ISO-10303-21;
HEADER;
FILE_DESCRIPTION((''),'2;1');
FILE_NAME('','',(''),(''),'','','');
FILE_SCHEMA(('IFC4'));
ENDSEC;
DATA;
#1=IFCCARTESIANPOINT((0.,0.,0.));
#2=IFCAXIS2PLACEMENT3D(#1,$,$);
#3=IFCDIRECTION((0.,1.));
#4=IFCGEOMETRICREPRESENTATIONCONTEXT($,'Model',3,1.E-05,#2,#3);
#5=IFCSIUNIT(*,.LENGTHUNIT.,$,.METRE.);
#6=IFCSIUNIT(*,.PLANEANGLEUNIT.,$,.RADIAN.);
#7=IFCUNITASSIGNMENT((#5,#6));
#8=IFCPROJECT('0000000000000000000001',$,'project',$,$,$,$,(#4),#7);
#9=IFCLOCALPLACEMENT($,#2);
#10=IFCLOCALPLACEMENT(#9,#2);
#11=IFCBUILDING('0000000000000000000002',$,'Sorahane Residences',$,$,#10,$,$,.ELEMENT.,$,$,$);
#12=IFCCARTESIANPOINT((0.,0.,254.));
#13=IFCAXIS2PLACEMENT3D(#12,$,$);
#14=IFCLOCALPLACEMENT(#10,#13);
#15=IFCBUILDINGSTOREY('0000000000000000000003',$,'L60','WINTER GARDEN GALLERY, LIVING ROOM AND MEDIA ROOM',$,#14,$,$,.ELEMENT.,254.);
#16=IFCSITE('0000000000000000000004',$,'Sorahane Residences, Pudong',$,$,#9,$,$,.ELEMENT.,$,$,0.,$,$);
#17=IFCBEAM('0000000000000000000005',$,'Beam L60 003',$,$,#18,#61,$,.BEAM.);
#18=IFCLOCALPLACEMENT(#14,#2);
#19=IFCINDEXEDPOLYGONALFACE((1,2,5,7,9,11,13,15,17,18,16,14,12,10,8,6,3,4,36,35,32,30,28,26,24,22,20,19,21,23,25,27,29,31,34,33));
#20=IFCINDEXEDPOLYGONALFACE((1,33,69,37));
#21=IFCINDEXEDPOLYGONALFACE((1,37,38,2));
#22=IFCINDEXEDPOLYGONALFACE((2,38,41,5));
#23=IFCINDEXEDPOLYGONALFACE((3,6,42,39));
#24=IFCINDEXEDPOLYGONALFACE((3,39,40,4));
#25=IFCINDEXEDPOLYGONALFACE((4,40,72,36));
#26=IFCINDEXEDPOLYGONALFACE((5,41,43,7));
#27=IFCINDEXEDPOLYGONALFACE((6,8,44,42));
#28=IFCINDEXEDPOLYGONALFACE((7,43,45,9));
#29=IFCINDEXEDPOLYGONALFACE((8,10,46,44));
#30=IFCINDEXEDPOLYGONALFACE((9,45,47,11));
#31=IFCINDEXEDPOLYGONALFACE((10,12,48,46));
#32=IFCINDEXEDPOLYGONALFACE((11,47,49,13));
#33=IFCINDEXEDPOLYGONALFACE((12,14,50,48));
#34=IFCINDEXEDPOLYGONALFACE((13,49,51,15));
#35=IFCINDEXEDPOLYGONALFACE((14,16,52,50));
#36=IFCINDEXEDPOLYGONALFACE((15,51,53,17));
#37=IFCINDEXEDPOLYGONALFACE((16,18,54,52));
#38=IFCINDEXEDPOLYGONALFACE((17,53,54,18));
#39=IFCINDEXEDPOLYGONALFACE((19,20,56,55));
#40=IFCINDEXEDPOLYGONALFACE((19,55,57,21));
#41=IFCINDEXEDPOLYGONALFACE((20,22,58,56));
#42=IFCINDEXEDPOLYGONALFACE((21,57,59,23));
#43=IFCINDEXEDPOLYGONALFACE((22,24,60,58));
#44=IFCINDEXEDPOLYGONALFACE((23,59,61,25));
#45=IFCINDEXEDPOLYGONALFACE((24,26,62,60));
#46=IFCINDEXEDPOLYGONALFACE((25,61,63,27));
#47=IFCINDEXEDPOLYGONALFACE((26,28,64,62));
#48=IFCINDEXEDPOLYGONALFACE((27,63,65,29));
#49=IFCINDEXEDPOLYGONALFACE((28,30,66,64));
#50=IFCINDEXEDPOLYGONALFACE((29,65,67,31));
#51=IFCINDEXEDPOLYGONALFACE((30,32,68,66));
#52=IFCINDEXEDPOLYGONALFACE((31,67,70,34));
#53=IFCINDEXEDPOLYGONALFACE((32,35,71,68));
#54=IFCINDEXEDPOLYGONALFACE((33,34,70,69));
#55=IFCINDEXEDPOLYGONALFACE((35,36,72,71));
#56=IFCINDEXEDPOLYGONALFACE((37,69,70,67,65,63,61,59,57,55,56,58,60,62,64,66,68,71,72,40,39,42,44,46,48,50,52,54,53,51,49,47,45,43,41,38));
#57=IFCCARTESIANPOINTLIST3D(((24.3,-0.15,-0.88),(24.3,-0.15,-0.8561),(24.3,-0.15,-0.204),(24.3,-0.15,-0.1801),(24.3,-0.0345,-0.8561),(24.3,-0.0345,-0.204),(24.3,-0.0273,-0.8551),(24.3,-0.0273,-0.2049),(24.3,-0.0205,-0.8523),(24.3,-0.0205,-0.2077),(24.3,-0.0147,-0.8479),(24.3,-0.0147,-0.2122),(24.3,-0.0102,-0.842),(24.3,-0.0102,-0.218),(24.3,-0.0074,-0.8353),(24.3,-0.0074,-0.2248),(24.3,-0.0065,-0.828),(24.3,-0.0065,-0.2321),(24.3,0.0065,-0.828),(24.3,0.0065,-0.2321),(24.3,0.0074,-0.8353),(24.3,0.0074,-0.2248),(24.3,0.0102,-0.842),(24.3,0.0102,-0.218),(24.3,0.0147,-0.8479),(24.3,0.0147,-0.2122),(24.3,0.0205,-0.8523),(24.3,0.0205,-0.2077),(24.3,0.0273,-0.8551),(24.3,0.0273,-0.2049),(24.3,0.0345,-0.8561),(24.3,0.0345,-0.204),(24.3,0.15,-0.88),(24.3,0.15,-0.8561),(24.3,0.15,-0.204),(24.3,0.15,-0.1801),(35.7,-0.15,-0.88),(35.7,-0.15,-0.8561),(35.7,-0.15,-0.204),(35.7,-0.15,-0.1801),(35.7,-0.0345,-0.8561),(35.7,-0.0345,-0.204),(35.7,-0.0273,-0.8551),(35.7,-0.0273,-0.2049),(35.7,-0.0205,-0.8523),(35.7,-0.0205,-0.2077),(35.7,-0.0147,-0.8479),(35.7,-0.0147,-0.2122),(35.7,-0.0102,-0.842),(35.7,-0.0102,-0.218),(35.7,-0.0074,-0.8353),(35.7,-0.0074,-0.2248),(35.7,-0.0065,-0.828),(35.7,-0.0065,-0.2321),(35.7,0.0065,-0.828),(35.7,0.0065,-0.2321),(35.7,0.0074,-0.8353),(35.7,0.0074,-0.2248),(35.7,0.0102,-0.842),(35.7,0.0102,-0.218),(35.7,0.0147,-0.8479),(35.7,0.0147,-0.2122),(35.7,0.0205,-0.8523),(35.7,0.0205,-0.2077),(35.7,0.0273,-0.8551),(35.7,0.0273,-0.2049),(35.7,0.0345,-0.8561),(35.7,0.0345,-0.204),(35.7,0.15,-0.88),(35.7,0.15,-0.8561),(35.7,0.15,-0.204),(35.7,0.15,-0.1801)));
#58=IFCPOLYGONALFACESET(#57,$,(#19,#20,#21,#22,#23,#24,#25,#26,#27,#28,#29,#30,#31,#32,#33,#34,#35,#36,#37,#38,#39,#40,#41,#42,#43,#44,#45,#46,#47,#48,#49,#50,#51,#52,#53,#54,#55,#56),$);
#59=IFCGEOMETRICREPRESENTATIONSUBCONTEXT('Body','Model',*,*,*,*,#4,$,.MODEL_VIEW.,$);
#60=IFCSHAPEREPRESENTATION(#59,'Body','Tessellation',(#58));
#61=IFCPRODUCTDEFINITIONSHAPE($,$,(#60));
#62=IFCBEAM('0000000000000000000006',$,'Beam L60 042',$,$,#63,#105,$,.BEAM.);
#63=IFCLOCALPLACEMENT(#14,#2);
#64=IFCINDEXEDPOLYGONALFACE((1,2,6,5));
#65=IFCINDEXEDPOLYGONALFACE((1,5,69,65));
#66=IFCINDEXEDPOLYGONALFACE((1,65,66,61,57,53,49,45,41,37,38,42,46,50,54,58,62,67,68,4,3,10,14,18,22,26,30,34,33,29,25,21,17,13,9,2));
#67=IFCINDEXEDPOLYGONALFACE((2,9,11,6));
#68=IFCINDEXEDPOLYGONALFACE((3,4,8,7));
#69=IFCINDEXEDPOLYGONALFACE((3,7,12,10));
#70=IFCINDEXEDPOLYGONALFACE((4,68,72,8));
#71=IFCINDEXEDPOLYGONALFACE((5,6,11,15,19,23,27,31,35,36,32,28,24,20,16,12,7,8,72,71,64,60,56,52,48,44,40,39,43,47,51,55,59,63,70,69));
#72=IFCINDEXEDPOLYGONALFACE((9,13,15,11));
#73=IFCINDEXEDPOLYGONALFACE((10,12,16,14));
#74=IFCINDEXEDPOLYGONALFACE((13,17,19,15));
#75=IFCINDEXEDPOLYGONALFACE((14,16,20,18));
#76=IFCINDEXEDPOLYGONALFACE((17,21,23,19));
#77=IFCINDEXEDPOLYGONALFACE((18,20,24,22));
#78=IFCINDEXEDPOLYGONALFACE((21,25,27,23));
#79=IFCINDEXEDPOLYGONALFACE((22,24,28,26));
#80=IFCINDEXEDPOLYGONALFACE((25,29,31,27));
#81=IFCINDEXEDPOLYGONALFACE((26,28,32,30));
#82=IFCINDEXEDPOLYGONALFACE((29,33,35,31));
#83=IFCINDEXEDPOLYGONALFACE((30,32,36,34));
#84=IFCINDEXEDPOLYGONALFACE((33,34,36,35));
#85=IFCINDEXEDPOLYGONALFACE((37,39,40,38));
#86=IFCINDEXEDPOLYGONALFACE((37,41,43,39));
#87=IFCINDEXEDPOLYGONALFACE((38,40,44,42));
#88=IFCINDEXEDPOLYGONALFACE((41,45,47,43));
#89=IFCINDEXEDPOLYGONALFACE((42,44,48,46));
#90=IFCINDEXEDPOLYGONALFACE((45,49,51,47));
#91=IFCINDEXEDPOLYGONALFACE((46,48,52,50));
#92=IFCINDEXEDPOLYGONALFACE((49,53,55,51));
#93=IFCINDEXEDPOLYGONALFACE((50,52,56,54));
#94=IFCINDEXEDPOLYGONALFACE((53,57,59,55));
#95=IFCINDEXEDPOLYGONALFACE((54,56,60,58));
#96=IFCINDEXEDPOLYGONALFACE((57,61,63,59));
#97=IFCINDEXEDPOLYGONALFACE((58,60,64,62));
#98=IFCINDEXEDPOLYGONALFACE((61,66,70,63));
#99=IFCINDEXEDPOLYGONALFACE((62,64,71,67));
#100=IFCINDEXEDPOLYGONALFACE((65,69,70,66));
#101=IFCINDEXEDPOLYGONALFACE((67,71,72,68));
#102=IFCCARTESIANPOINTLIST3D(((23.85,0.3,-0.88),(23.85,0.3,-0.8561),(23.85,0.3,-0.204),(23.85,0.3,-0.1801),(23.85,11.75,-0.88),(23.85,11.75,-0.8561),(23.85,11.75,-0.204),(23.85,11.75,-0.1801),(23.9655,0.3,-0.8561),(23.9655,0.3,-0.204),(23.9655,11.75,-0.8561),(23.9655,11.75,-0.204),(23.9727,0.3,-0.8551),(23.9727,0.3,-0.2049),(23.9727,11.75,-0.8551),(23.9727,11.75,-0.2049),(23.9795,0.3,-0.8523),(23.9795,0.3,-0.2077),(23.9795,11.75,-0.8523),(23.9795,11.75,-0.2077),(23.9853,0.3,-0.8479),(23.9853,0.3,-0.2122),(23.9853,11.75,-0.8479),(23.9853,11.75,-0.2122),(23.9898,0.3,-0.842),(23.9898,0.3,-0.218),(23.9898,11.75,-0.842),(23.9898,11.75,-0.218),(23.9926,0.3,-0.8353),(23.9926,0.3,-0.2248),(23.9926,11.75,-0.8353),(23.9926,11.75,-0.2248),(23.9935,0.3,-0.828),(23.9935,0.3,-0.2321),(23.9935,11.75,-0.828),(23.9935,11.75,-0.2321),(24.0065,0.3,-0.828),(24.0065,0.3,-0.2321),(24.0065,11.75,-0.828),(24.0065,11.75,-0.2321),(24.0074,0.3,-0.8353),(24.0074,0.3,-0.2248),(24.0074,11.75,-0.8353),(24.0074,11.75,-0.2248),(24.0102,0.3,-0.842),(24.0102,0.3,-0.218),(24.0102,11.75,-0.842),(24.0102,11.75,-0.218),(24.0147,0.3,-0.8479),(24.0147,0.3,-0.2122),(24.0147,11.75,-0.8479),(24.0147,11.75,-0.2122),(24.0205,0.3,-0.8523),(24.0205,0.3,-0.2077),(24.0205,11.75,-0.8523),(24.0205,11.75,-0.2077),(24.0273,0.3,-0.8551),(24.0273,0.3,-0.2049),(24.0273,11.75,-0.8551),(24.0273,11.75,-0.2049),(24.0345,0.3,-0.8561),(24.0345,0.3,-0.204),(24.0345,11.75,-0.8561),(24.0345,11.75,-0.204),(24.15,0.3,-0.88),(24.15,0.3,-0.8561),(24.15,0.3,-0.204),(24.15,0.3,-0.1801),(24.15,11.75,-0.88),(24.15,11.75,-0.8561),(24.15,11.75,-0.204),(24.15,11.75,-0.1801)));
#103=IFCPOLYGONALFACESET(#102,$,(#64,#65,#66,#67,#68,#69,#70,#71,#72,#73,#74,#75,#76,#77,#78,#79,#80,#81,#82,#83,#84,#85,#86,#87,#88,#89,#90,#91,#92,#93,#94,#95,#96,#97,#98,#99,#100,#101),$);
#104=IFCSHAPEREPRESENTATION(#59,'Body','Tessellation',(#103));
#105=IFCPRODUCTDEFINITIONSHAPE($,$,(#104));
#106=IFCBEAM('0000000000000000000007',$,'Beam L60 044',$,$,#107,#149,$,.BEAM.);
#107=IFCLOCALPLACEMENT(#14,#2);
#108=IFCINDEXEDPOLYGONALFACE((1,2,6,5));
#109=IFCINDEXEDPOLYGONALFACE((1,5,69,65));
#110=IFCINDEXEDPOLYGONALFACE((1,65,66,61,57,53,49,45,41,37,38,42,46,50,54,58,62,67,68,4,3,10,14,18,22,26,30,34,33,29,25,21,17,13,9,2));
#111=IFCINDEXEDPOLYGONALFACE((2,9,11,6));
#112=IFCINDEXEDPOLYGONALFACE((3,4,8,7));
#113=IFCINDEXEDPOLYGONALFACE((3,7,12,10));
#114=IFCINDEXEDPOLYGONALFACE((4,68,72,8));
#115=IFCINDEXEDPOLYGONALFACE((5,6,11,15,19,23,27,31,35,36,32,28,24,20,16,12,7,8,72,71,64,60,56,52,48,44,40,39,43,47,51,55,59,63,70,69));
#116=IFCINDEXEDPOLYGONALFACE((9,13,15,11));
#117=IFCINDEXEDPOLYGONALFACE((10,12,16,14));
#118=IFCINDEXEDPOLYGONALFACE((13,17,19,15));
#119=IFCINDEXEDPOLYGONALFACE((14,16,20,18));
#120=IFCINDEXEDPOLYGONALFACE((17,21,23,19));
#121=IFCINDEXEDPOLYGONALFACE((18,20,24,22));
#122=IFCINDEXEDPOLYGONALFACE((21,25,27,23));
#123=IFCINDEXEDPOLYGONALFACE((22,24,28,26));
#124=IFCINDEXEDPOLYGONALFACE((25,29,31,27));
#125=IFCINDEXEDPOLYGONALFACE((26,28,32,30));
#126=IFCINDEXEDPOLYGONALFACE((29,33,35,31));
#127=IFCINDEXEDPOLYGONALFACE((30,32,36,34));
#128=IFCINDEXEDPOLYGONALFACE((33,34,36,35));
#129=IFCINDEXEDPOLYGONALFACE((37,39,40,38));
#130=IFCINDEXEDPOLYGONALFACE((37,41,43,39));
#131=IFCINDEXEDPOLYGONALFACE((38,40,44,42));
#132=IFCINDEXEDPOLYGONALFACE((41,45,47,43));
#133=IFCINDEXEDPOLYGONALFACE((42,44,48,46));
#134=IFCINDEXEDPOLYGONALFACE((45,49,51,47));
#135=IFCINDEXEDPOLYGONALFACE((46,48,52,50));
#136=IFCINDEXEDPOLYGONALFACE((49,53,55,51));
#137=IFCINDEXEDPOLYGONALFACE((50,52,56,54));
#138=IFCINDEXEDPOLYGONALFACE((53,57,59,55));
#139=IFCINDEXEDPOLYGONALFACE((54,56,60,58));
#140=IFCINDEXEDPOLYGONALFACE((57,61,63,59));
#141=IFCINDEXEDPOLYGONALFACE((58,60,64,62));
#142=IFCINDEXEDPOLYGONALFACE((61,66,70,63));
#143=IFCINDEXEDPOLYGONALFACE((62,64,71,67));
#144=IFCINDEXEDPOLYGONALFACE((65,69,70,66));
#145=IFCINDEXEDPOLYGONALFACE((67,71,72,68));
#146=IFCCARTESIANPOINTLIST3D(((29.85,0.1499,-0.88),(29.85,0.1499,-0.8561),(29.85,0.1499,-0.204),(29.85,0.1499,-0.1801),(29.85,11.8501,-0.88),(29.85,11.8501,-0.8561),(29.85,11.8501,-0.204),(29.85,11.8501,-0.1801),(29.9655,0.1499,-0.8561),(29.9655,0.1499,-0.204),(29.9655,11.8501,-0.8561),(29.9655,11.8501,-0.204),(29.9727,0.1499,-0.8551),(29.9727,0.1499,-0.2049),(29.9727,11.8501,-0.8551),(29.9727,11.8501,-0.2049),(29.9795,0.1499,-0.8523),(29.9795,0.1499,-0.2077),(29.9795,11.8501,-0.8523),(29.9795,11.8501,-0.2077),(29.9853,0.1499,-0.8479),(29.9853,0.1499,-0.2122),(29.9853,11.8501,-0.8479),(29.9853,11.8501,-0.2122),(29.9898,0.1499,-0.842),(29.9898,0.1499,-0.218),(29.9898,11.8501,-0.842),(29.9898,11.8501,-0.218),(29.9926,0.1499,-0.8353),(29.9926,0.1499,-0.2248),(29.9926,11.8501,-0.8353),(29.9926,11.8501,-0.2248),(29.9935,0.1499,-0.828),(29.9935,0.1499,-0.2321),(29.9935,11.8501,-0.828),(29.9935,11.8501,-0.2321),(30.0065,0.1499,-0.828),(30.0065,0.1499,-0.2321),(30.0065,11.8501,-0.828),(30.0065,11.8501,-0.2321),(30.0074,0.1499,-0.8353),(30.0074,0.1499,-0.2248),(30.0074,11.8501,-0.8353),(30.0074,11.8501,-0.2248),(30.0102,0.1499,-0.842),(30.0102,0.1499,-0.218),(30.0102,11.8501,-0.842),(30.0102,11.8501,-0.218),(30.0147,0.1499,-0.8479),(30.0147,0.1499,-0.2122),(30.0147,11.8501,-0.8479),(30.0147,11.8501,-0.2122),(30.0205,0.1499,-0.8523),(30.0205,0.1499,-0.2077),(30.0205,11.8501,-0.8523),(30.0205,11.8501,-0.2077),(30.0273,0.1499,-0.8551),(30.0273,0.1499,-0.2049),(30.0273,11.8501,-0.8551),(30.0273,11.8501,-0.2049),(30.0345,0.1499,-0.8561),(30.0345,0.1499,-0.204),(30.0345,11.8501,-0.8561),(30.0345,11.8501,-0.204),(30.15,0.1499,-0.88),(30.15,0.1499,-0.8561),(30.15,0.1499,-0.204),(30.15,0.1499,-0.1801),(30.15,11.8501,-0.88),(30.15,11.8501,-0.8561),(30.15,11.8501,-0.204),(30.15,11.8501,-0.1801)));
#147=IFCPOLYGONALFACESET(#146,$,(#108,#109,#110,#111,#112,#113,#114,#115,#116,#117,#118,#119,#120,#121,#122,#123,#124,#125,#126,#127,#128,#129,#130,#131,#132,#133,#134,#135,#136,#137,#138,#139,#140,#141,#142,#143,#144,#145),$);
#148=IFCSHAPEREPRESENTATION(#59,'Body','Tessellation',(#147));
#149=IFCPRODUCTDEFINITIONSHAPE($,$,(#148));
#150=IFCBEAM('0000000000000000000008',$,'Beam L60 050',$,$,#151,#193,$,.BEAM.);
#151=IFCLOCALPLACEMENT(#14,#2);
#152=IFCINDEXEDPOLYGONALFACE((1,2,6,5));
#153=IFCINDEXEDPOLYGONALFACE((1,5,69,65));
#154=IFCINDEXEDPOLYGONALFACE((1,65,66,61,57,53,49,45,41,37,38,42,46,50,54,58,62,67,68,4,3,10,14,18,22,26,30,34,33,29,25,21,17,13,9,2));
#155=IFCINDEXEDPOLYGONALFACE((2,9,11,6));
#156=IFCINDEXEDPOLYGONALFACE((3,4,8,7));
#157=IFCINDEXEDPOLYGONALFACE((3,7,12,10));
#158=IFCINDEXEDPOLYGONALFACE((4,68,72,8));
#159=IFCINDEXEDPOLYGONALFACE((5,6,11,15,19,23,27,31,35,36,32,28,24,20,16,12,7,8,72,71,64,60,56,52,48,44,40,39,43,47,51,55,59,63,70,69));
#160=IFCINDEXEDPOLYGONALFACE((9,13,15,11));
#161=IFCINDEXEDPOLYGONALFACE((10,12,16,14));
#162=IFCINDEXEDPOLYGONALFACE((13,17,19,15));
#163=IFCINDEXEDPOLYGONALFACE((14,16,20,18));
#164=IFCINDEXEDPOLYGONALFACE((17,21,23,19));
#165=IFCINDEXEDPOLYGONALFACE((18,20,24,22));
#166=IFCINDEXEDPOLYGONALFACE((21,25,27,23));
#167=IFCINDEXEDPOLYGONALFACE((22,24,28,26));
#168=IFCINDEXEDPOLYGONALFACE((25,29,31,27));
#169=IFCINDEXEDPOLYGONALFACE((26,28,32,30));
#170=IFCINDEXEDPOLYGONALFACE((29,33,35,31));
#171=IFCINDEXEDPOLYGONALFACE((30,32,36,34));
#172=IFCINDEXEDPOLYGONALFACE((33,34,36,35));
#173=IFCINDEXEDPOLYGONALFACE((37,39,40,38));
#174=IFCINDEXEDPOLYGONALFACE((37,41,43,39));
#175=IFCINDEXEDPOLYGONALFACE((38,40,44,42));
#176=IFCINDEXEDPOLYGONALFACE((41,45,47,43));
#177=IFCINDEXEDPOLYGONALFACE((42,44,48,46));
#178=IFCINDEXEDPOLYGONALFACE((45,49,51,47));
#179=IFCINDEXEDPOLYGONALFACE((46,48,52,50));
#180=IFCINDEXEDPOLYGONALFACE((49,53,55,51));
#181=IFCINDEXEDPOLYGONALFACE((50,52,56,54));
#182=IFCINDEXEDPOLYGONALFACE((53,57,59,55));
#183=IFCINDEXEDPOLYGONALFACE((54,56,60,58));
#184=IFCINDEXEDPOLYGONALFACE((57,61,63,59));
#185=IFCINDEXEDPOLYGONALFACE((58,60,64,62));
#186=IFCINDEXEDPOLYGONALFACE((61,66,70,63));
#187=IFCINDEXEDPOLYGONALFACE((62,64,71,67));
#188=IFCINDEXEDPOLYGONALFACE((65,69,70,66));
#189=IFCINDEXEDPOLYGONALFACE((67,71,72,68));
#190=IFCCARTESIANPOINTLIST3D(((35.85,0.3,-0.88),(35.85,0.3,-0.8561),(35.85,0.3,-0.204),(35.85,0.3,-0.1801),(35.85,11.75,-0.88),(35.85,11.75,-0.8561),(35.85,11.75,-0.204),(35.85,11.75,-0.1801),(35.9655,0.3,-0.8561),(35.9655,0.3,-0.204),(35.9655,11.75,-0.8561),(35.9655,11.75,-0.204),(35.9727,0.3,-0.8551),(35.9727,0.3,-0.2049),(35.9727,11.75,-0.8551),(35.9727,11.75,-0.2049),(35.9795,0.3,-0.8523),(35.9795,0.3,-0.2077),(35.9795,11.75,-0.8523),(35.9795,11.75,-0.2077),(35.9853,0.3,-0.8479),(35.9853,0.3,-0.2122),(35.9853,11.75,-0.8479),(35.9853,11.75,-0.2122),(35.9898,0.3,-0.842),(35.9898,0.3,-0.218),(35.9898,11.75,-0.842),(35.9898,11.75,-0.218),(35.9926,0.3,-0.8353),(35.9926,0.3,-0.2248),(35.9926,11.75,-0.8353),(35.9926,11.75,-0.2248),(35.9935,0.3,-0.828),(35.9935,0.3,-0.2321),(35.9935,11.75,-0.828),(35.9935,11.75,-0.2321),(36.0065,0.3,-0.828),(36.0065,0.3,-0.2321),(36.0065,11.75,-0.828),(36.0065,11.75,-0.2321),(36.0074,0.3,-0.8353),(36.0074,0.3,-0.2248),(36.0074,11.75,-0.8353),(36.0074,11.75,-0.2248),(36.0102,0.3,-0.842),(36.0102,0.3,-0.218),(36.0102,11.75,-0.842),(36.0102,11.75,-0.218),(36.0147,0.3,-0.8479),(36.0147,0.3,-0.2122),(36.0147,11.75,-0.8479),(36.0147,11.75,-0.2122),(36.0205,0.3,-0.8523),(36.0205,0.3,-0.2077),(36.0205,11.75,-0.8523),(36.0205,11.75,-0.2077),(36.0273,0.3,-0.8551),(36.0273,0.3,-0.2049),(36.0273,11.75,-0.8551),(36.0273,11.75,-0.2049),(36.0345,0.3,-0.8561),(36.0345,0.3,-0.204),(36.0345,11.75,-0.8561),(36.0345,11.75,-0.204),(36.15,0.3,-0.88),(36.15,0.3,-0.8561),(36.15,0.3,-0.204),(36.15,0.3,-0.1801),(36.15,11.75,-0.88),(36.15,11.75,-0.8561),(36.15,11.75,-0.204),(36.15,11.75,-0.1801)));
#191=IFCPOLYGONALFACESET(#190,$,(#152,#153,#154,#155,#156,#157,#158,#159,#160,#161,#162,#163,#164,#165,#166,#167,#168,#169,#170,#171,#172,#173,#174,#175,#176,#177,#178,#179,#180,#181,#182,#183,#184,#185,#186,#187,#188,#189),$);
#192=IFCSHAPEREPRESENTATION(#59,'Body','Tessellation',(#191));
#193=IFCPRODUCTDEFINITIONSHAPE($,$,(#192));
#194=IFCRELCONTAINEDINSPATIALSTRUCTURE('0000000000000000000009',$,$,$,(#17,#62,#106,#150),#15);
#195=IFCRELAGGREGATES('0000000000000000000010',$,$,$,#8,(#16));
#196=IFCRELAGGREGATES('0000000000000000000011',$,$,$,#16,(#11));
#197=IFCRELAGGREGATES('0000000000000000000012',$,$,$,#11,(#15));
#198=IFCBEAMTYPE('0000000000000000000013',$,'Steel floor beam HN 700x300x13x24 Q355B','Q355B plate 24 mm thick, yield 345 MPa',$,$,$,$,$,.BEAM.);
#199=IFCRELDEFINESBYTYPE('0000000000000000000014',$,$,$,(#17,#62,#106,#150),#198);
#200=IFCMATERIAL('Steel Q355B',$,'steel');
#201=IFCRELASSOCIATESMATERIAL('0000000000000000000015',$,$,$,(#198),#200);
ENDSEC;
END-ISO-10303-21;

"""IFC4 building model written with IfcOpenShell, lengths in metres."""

from ifc_helpers import new_model, si_unit, direction, frame, origin, origin_2d, place, context, subcontext, project, spatial, i_section, extrude, material, material_profile, profile_set, type_object, element, save


model = new_model("IFC4")

# Units and contexts
model_context = context("Model", 3, precision=1e-05, world=origin(), true_north=direction((0.0, 1.0)))
body_context = subcontext(model_context, "Body", "Model", "MODEL_VIEW")
ifc_project = project(units=[si_unit("LENGTHUNIT", "METRE"), si_unit("PLANEANGLEUNIT", "RADIAN")], contexts=[model_context])

# Site, building, storey
site_placement = place(None, origin())
site = spatial("IfcSite", under=ifc_project, at=site_placement, Name="Sorahane Residences, Pudong", CompositionType="ELEMENT", RefElevation=0.0)
building_placement = place(site_placement, origin())
building = spatial("IfcBuilding", under=site, at=building_placement, Name="Sorahane Residences", CompositionType="ELEMENT")
storey_placement = place(building_placement, frame((0.0, 0.0, 254.0)))
storey = spatial("IfcBuildingStorey", under=building, at=storey_placement, Name="L60", Description="WINTER GARDEN GALLERY, LIVING ROOM AND MEDIA ROOM", CompositionType="ELEMENT", Elevation=254.0)

# Beams
ifc_material_1 = material(Name="Steel Q355B", Category="steel")
ifc_material_profile_1 = material_profile(ifc_material_1, i_section(OverallWidth=0.3, OverallDepth=0.7, WebThickness=0.0129, FlangeThickness=0.0239, FilletRadius=0.0281, at=origin_2d()), Name="HN 700x300x13x24")
ifc_profile_set_1 = profile_set([ifc_material_profile_1], Name="Steel Q355B")
beam_type_1 = type_object("IfcBeamType", Name="Steel floor beam HN 700x300x13x24 Q355B", Description="Q355B plate 24 mm thick, yield 345 MPa", PredefinedType="BEAM", material=ifc_profile_set_1)
beam_1_placement = place(storey_placement, frame((24.3, 0.0, -0.53), z_axis=(1.0, 0.0, 0.0), x_axis=(0.0, 1.0, 0.0)))
element("IfcBeam", 1, at=beam_1_placement, inside=storey, type_object=beam_type_1, Name="Beam L60 003", PredefinedType="BEAM", context=body_context, shape_type="SweptSolid", body=[
    extrude(i_section(OverallWidth=0.3, OverallDepth=0.7, WebThickness=0.0129, FlangeThickness=0.0239, FilletRadius=0.0281, at=origin_2d()), origin(), (0.0, 0.0, 1.0), 11.3999),
])
beam_2_placement = place(storey_placement, frame((24.0, 0.3, -0.53), z_axis=(0.0, 1.0, 0.0), x_axis=(-1.0, 0.0, 0.0)))
element("IfcBeam", 2, at=beam_2_placement, inside=storey, type_object=beam_type_1, Name="Beam L60 042", PredefinedType="BEAM", context=body_context, shape_type="SweptSolid", body=[
    extrude(i_section(OverallWidth=0.3, OverallDepth=0.7, WebThickness=0.0129, FlangeThickness=0.0239, FilletRadius=0.0281, at=origin_2d()), origin(), (0.0, 0.0, 1.0), 11.45),
])
beam_3_placement = place(storey_placement, frame((30.0, 0.1499, -0.53), z_axis=(0.0, 1.0, 0.0), x_axis=(-1.0, 0.0, 0.0)))
element("IfcBeam", 3, at=beam_3_placement, inside=storey, type_object=beam_type_1, Name="Beam L60 044", PredefinedType="BEAM", context=body_context, shape_type="SweptSolid", body=[
    extrude(i_section(OverallWidth=0.3, OverallDepth=0.7, WebThickness=0.0129, FlangeThickness=0.0239, FilletRadius=0.0281, at=origin_2d()), origin(), (0.0, 0.0, 1.0), 11.7002),
])
beam_4_placement = place(storey_placement, frame((36.0, 0.3, -0.53), z_axis=(0.0, 1.0, 0.0), x_axis=(-1.0, 0.0, 0.0)))
element("IfcBeam", 4, at=beam_4_placement, inside=storey, type_object=beam_type_1, Name="Beam L60 050", PredefinedType="BEAM", context=body_context, shape_type="SweptSolid", body=[
    extrude(i_section(OverallWidth=0.3, OverallDepth=0.7, WebThickness=0.0129, FlangeThickness=0.0239, FilletRadius=0.0281, at=origin_2d()), origin(), (0.0, 0.0, 1.0), 11.45),
])

save(model, "model.ifc")
